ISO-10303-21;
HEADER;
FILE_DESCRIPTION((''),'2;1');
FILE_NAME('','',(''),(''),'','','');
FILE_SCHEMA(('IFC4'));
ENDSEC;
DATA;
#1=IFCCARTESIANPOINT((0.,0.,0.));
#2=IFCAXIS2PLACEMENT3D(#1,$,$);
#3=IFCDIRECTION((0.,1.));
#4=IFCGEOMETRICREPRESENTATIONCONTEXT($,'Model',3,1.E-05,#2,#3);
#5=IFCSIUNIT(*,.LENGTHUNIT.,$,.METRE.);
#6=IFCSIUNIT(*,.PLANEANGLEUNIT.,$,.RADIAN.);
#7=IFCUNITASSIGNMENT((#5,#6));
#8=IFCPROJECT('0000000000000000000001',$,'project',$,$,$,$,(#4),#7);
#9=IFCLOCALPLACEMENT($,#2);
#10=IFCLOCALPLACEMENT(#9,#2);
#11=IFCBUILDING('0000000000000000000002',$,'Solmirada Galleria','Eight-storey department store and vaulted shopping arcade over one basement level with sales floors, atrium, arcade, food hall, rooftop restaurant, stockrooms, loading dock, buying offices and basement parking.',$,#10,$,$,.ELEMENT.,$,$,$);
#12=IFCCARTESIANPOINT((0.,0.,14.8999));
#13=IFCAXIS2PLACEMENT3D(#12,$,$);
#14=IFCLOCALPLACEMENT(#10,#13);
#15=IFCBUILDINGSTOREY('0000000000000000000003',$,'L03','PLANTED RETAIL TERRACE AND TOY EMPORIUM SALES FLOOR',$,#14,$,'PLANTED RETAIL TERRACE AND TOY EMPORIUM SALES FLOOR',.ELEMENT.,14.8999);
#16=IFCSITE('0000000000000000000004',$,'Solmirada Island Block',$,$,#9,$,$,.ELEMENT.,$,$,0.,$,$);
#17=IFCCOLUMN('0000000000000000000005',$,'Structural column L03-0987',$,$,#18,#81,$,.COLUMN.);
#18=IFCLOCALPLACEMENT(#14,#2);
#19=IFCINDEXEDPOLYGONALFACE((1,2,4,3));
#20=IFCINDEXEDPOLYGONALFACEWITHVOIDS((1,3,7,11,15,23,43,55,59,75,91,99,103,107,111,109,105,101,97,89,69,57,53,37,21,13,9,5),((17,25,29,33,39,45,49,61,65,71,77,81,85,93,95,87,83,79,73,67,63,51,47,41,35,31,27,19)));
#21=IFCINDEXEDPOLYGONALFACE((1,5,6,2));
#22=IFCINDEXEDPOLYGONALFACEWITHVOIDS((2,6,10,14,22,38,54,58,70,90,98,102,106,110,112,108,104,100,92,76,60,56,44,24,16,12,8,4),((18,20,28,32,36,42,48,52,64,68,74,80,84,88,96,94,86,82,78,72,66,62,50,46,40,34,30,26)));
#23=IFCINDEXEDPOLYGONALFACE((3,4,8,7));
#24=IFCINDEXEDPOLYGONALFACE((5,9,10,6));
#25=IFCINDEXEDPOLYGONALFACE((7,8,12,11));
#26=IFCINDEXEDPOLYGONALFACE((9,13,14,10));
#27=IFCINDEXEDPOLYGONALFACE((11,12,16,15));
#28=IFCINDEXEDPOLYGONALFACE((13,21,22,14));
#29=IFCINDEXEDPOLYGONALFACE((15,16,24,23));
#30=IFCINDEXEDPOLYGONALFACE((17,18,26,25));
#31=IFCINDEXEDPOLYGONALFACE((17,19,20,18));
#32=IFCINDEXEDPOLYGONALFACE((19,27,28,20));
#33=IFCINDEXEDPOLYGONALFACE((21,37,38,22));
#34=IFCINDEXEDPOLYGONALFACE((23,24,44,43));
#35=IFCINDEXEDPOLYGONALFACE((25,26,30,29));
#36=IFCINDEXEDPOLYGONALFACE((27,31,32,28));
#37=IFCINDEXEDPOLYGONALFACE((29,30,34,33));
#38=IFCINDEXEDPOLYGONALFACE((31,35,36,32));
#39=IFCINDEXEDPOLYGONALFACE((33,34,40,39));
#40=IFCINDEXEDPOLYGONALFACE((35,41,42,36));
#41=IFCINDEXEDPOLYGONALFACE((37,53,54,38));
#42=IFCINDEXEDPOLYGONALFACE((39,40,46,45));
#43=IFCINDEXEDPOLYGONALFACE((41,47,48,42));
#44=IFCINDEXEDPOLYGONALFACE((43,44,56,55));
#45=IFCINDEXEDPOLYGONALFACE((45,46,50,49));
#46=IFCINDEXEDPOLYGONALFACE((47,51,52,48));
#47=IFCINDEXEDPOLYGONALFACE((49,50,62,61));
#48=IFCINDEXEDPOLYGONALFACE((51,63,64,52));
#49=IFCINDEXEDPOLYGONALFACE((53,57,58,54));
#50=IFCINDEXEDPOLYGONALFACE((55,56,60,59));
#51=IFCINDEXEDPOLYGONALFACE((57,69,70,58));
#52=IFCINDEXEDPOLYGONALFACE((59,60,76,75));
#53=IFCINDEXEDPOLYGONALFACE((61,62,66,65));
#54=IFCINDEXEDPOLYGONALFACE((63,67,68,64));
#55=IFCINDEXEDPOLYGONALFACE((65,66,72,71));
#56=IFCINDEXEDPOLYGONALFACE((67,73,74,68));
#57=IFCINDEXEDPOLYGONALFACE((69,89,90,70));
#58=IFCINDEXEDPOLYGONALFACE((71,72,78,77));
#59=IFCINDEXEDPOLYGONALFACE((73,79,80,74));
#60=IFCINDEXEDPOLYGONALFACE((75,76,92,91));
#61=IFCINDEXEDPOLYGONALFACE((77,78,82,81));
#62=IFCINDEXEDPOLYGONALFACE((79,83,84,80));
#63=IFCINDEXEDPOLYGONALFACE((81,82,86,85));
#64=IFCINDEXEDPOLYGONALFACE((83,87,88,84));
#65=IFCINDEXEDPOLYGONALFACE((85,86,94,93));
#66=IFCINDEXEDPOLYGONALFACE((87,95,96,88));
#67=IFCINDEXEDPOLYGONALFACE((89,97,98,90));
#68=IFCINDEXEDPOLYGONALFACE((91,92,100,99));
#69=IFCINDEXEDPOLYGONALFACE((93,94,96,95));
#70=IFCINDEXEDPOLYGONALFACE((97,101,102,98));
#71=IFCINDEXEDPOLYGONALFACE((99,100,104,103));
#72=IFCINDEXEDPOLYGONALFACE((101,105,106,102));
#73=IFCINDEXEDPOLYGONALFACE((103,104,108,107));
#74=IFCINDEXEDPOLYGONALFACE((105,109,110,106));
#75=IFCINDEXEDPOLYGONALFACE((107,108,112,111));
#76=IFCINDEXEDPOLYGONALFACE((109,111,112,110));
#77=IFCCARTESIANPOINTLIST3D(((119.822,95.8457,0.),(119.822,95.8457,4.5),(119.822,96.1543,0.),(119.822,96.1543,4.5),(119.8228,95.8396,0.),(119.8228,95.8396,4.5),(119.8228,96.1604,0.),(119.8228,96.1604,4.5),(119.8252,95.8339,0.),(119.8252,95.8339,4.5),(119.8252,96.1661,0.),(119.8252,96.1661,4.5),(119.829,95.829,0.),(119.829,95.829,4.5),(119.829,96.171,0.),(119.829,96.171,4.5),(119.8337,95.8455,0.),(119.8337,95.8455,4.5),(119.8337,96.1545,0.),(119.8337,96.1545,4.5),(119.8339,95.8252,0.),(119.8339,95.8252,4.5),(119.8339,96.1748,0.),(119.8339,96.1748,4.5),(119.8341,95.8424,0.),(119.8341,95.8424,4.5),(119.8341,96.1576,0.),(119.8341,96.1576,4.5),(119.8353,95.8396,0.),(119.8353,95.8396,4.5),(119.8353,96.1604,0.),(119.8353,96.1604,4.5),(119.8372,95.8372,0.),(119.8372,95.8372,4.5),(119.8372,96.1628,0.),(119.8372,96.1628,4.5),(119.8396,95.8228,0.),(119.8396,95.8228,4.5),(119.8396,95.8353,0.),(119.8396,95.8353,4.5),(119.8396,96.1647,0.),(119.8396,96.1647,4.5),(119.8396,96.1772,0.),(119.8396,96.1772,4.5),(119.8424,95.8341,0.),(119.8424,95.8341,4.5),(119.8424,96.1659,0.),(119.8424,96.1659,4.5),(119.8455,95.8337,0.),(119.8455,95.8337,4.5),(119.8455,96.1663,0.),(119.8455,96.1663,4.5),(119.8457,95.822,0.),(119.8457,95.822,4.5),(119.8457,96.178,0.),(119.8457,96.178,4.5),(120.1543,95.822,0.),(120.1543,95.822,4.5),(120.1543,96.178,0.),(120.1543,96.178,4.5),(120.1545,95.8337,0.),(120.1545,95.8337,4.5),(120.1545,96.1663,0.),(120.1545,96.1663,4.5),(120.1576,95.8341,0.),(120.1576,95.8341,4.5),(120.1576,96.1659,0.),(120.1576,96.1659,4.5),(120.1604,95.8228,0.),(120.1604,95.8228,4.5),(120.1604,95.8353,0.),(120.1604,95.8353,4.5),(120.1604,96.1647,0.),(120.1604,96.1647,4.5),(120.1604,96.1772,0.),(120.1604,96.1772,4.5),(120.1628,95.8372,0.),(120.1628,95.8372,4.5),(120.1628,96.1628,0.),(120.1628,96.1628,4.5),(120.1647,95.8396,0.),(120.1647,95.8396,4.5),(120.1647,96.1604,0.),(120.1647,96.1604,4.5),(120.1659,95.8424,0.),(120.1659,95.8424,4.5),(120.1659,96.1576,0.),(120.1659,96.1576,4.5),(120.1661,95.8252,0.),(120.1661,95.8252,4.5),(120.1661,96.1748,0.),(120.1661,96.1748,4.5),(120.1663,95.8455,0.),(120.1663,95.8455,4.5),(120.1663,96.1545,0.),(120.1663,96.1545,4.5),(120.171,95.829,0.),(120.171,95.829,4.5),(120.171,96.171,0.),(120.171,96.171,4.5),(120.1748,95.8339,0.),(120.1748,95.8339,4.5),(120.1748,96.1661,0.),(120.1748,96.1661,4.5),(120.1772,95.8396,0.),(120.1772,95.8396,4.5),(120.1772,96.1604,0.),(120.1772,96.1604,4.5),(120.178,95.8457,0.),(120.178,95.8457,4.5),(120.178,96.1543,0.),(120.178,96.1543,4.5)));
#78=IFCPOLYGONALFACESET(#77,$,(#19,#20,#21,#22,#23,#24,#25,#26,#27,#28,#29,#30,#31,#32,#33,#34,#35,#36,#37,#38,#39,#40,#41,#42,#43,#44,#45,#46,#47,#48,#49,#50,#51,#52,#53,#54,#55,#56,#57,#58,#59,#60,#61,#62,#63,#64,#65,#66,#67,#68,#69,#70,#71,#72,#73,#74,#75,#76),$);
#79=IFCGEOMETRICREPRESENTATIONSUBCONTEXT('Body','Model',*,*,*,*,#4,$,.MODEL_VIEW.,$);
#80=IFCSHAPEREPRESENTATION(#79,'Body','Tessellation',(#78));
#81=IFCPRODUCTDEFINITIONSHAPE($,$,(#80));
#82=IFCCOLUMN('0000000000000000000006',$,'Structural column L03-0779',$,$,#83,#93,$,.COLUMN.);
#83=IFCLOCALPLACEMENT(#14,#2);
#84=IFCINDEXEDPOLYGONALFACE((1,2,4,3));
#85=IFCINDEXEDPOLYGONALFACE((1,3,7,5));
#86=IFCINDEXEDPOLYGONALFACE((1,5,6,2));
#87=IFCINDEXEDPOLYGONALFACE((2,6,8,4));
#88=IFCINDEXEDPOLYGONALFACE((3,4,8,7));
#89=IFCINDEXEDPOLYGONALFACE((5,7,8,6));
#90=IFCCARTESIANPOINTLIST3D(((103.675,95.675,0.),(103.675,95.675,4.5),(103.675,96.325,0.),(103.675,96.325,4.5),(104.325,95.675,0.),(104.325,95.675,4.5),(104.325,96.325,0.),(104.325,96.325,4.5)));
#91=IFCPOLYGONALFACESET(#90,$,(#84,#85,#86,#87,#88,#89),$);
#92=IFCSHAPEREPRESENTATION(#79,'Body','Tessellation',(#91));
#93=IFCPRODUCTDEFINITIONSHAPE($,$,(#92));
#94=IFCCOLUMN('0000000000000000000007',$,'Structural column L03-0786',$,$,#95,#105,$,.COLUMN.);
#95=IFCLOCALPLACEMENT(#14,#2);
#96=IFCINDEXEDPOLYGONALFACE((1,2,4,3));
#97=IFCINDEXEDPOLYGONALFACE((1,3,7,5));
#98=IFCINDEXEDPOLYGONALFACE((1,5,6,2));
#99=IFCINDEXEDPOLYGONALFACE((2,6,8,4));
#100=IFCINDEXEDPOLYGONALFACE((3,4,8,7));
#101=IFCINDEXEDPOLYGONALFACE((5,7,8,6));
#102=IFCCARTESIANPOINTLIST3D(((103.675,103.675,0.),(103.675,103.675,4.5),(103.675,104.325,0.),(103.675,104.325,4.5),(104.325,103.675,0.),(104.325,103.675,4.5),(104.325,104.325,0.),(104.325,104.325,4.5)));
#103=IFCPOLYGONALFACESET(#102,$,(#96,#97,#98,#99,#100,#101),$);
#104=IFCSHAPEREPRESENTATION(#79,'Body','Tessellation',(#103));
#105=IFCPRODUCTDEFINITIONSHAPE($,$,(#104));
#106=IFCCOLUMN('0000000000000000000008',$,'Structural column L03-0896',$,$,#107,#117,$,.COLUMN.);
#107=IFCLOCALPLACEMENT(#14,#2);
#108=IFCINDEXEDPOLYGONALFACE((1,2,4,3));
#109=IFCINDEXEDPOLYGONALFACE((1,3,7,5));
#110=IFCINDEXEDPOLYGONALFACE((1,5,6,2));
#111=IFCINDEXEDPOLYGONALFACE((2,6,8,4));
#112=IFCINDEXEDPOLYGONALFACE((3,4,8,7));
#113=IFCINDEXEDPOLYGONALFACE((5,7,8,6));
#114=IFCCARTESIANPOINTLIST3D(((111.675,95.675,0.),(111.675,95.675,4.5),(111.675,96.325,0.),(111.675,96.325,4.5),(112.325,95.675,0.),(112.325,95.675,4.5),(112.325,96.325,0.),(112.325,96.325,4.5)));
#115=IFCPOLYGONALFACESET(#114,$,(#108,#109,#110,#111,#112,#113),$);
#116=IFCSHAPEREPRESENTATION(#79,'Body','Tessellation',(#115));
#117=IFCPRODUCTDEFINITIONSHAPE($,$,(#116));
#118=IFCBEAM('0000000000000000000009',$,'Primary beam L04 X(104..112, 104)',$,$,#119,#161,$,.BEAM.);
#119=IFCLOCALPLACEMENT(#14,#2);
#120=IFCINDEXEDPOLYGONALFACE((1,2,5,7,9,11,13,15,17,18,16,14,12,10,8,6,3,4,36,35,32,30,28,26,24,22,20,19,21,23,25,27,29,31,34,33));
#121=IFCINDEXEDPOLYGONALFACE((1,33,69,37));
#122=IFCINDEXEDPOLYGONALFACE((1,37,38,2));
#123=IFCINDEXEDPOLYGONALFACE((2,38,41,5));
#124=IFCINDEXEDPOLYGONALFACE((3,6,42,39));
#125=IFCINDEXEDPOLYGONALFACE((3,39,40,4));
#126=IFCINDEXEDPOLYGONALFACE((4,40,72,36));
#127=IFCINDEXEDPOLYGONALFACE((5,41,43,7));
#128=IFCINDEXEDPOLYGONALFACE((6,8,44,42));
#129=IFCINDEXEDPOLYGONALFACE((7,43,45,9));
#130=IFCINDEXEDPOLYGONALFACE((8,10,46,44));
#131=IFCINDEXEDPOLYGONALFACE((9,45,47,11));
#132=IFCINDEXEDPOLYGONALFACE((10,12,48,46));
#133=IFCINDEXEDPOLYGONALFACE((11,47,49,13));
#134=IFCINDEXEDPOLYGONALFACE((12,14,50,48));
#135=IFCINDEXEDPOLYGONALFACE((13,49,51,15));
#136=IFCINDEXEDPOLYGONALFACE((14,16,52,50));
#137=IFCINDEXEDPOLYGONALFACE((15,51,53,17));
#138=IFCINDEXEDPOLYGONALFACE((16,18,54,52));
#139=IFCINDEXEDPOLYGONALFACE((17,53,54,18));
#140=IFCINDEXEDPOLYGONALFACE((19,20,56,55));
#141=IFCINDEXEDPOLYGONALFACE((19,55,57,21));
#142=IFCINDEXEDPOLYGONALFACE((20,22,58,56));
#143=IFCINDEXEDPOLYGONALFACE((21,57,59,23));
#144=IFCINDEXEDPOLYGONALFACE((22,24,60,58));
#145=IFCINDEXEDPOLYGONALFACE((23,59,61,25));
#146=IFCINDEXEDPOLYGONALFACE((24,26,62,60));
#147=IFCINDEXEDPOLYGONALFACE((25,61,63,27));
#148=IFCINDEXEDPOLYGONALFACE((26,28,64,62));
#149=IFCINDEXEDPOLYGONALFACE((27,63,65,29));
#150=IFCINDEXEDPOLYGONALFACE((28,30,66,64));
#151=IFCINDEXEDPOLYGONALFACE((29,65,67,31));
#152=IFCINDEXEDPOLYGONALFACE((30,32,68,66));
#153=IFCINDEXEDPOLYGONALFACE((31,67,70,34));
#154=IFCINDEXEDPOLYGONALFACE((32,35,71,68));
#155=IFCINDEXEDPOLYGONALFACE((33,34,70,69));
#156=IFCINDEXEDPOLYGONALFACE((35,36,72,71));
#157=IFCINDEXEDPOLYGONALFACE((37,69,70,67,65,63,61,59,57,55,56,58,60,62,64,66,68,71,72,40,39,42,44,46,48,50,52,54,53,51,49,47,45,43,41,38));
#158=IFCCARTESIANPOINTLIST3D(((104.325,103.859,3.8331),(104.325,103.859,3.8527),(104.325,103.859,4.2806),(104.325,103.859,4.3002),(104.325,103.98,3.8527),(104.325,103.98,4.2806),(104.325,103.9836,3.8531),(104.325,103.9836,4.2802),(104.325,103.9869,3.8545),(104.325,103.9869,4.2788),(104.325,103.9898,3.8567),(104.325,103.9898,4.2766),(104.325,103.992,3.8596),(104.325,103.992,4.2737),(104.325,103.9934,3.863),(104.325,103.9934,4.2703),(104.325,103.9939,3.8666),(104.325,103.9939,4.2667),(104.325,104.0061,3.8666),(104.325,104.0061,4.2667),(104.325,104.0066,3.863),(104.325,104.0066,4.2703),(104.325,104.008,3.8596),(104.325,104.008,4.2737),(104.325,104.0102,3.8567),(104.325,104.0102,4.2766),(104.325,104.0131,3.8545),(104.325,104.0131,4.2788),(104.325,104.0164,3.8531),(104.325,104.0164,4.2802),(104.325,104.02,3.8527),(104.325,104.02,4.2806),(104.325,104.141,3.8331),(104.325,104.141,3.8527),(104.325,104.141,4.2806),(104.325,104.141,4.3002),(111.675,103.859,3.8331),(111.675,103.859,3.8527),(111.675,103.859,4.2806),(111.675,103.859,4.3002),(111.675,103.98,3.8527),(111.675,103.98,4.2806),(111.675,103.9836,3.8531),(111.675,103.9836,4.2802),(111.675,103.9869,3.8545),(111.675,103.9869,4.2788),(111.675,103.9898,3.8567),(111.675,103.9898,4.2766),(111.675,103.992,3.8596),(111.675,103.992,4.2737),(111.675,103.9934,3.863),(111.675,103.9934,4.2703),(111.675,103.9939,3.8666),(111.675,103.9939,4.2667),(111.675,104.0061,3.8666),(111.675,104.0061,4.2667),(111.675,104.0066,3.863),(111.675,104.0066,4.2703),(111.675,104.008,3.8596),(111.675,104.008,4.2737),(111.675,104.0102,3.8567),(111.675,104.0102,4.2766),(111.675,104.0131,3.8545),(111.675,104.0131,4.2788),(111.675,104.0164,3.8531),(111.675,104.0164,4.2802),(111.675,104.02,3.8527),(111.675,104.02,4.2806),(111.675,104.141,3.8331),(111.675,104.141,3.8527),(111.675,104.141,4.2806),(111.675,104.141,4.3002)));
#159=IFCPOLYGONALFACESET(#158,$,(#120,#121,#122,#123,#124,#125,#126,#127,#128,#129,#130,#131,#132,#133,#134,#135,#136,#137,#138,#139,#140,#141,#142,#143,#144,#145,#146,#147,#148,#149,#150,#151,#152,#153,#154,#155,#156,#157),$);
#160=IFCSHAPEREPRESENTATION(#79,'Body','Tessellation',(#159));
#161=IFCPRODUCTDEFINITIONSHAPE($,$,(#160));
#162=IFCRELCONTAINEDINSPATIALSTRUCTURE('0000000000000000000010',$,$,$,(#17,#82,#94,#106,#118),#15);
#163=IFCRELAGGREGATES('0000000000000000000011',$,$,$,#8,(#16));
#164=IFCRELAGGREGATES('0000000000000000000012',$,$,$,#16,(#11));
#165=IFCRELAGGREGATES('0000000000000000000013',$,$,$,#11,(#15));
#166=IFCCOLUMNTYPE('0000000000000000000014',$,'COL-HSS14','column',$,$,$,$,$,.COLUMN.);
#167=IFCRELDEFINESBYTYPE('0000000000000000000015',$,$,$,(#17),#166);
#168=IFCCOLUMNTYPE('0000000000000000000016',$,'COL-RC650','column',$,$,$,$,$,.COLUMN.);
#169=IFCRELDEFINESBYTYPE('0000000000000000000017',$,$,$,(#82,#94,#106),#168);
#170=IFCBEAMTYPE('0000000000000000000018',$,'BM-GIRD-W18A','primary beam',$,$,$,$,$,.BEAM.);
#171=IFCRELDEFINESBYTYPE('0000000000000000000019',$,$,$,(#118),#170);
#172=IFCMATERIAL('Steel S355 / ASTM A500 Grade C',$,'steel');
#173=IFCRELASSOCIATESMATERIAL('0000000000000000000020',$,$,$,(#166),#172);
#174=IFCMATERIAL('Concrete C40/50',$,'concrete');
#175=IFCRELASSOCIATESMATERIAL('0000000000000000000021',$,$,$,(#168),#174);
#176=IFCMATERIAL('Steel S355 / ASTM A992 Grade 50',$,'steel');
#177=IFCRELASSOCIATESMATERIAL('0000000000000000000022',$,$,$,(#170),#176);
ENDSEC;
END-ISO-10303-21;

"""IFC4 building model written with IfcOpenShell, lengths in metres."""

from ifc_helpers import new_model, si_unit, direction, frame, origin, origin_2d, place, context, subcontext, project, spatial, rectangle, hollow_rectangle, i_section, extrude, material, material_profile, profile_set, type_object, element, save


model = new_model("IFC4")

# Units and contexts
model_context = context("Model", 3, precision=1e-05, world=origin(), true_north=direction((0.0, 1.0)))
body_context = subcontext(model_context, "Body", "Model", "MODEL_VIEW")
ifc_project = project(units=[si_unit("LENGTHUNIT", "METRE"), si_unit("PLANEANGLEUNIT", "RADIAN")], contexts=[model_context])

# Site, building, storey
site_placement = place(None, origin())
site = spatial("IfcSite", under=ifc_project, at=site_placement, Name="Solmirada Island Block", CompositionType="ELEMENT", RefElevation=0.0)
building_placement = place(site_placement, origin())
building = spatial("IfcBuilding", under=site, at=building_placement, Name="Solmirada Galleria", Description="Eight-storey department store and vaulted shopping arcade over one basement level with sales floors, atrium, arcade, food hall, rooftop restaurant, stockrooms, loading dock, buying offices and basement parking.", CompositionType="ELEMENT")
storey_placement = place(building_placement, frame((0.0, 0.0, 14.8999)))
storey = spatial("IfcBuildingStorey", under=building, at=storey_placement, Name="L03", Description="PLANTED RETAIL TERRACE AND TOY EMPORIUM SALES FLOOR", LongName="PLANTED RETAIL TERRACE AND TOY EMPORIUM SALES FLOOR", CompositionType="ELEMENT", Elevation=14.8999)

# Columns
ifc_material_1 = material(Name="Steel S355 / ASTM A500 Grade C", Category="steel")
ifc_material_profile_1 = material_profile(ifc_material_1, hollow_rectangle(XDim=0.356, YDim=0.356, WallThickness=0.0117, InnerFilletRadius=0.0117, OuterFilletRadius=0.0237, at=origin_2d()), Name="HSS14X14X1/2")
ifc_profile_set_1 = profile_set([ifc_material_profile_1], Name="Steel S355 / ASTM A500 Grade C")
column_type_1 = type_object("IfcColumnType", Name="COL-HSS14", Description="column", PredefinedType="COLUMN", material=ifc_profile_set_1)
column_placement = place(storey_placement, frame((120.0, 96.0, 0.0), z_axis=(0.0, 0.0, 1.0), x_axis=(1.0, 0.0, 0.0)))
element("IfcColumn", 1, at=column_placement, inside=storey, type_object=column_type_1, Name="Structural column L03-0987", PredefinedType="COLUMN", context=body_context, shape_type="SweptSolid", body=[
    extrude(hollow_rectangle(XDim=0.356, YDim=0.356, WallThickness=0.0117, InnerFilletRadius=0.0117, OuterFilletRadius=0.0237, at=origin_2d()), origin(), (0.0, 0.0, 1.0), 4.5),
])
ifc_material_2 = material(Name="Concrete C40/50", Category="concrete")
ifc_material_profile_2 = material_profile(ifc_material_2, rectangle(XDim=0.6499, YDim=0.6499, at=origin_2d()), Name="RC650X650")
ifc_profile_set_2 = profile_set([ifc_material_profile_2], Name="Concrete C40/50")
column_type_2 = type_object("IfcColumnType", Name="COL-RC650", Description="column", PredefinedType="COLUMN", material=ifc_profile_set_2)
for number, where, z_axis, x_axis, name in (
    (2, (104.0, 96.0, 0.0), (0.0, 0.0, 1.0), (1.0, 0.0, 0.0), "Structural column L03-0779"),
    (3, (104.0, 104.0, 0.0), (0.0, 0.0, 1.0), (1.0, 0.0, 0.0), "Structural column L03-0786"),
    (4, (112.0, 96.0, 0.0), (0.0, 0.0, 1.0), (1.0, 0.0, 0.0), "Structural column L03-0896"),
):
    element("IfcColumn", number, at=place(storey_placement, frame(where, z_axis=z_axis, x_axis=x_axis)), inside=storey, type_object=column_type_2, Name=name, PredefinedType="COLUMN", context=body_context, shape_type="SweptSolid", body=[
        extrude(rectangle(XDim=0.6499, YDim=0.6499, at=origin_2d()), origin(), (0.0, 0.0, 1.0), 4.5),
    ])

# Beam
ifc_material_3 = material(Name="Steel S355 / ASTM A992 Grade 50", Category="steel")
ifc_material_profile_3 = material_profile(ifc_material_3, i_section(OverallWidth=0.282, OverallDepth=0.467, WebThickness=0.0122, FlangeThickness=0.0195, FilletRadius=0.0139, at=origin_2d()), Name="W18X86")
ifc_profile_set_3 = profile_set([ifc_material_profile_3], Name="Steel S355 / ASTM A992 Grade 50")
beam_type_1 = type_object("IfcBeamType", Name="BM-GIRD-W18A", Description="primary beam", PredefinedType="BEAM", material=ifc_profile_set_3)
beam_1_placement = place(storey_placement, frame((104.325, 104.0, 4.0667), z_axis=(1.0, 0.0, 0.0), x_axis=(0.0, 1.0, 0.0)))
element("IfcBeam", 5, at=beam_1_placement, inside=storey, type_object=beam_type_1, Name="Primary beam L04 X(104..112, 104)", PredefinedType="BEAM", context=body_context, shape_type="SweptSolid", body=[
    extrude(i_section(OverallWidth=0.282, OverallDepth=0.467, WebThickness=0.0122, FlangeThickness=0.0195, FilletRadius=0.0139, at=origin_2d()), origin(), (0.0, 0.0, 1.0), 7.3501),
])

save(model, "model.ifc")
